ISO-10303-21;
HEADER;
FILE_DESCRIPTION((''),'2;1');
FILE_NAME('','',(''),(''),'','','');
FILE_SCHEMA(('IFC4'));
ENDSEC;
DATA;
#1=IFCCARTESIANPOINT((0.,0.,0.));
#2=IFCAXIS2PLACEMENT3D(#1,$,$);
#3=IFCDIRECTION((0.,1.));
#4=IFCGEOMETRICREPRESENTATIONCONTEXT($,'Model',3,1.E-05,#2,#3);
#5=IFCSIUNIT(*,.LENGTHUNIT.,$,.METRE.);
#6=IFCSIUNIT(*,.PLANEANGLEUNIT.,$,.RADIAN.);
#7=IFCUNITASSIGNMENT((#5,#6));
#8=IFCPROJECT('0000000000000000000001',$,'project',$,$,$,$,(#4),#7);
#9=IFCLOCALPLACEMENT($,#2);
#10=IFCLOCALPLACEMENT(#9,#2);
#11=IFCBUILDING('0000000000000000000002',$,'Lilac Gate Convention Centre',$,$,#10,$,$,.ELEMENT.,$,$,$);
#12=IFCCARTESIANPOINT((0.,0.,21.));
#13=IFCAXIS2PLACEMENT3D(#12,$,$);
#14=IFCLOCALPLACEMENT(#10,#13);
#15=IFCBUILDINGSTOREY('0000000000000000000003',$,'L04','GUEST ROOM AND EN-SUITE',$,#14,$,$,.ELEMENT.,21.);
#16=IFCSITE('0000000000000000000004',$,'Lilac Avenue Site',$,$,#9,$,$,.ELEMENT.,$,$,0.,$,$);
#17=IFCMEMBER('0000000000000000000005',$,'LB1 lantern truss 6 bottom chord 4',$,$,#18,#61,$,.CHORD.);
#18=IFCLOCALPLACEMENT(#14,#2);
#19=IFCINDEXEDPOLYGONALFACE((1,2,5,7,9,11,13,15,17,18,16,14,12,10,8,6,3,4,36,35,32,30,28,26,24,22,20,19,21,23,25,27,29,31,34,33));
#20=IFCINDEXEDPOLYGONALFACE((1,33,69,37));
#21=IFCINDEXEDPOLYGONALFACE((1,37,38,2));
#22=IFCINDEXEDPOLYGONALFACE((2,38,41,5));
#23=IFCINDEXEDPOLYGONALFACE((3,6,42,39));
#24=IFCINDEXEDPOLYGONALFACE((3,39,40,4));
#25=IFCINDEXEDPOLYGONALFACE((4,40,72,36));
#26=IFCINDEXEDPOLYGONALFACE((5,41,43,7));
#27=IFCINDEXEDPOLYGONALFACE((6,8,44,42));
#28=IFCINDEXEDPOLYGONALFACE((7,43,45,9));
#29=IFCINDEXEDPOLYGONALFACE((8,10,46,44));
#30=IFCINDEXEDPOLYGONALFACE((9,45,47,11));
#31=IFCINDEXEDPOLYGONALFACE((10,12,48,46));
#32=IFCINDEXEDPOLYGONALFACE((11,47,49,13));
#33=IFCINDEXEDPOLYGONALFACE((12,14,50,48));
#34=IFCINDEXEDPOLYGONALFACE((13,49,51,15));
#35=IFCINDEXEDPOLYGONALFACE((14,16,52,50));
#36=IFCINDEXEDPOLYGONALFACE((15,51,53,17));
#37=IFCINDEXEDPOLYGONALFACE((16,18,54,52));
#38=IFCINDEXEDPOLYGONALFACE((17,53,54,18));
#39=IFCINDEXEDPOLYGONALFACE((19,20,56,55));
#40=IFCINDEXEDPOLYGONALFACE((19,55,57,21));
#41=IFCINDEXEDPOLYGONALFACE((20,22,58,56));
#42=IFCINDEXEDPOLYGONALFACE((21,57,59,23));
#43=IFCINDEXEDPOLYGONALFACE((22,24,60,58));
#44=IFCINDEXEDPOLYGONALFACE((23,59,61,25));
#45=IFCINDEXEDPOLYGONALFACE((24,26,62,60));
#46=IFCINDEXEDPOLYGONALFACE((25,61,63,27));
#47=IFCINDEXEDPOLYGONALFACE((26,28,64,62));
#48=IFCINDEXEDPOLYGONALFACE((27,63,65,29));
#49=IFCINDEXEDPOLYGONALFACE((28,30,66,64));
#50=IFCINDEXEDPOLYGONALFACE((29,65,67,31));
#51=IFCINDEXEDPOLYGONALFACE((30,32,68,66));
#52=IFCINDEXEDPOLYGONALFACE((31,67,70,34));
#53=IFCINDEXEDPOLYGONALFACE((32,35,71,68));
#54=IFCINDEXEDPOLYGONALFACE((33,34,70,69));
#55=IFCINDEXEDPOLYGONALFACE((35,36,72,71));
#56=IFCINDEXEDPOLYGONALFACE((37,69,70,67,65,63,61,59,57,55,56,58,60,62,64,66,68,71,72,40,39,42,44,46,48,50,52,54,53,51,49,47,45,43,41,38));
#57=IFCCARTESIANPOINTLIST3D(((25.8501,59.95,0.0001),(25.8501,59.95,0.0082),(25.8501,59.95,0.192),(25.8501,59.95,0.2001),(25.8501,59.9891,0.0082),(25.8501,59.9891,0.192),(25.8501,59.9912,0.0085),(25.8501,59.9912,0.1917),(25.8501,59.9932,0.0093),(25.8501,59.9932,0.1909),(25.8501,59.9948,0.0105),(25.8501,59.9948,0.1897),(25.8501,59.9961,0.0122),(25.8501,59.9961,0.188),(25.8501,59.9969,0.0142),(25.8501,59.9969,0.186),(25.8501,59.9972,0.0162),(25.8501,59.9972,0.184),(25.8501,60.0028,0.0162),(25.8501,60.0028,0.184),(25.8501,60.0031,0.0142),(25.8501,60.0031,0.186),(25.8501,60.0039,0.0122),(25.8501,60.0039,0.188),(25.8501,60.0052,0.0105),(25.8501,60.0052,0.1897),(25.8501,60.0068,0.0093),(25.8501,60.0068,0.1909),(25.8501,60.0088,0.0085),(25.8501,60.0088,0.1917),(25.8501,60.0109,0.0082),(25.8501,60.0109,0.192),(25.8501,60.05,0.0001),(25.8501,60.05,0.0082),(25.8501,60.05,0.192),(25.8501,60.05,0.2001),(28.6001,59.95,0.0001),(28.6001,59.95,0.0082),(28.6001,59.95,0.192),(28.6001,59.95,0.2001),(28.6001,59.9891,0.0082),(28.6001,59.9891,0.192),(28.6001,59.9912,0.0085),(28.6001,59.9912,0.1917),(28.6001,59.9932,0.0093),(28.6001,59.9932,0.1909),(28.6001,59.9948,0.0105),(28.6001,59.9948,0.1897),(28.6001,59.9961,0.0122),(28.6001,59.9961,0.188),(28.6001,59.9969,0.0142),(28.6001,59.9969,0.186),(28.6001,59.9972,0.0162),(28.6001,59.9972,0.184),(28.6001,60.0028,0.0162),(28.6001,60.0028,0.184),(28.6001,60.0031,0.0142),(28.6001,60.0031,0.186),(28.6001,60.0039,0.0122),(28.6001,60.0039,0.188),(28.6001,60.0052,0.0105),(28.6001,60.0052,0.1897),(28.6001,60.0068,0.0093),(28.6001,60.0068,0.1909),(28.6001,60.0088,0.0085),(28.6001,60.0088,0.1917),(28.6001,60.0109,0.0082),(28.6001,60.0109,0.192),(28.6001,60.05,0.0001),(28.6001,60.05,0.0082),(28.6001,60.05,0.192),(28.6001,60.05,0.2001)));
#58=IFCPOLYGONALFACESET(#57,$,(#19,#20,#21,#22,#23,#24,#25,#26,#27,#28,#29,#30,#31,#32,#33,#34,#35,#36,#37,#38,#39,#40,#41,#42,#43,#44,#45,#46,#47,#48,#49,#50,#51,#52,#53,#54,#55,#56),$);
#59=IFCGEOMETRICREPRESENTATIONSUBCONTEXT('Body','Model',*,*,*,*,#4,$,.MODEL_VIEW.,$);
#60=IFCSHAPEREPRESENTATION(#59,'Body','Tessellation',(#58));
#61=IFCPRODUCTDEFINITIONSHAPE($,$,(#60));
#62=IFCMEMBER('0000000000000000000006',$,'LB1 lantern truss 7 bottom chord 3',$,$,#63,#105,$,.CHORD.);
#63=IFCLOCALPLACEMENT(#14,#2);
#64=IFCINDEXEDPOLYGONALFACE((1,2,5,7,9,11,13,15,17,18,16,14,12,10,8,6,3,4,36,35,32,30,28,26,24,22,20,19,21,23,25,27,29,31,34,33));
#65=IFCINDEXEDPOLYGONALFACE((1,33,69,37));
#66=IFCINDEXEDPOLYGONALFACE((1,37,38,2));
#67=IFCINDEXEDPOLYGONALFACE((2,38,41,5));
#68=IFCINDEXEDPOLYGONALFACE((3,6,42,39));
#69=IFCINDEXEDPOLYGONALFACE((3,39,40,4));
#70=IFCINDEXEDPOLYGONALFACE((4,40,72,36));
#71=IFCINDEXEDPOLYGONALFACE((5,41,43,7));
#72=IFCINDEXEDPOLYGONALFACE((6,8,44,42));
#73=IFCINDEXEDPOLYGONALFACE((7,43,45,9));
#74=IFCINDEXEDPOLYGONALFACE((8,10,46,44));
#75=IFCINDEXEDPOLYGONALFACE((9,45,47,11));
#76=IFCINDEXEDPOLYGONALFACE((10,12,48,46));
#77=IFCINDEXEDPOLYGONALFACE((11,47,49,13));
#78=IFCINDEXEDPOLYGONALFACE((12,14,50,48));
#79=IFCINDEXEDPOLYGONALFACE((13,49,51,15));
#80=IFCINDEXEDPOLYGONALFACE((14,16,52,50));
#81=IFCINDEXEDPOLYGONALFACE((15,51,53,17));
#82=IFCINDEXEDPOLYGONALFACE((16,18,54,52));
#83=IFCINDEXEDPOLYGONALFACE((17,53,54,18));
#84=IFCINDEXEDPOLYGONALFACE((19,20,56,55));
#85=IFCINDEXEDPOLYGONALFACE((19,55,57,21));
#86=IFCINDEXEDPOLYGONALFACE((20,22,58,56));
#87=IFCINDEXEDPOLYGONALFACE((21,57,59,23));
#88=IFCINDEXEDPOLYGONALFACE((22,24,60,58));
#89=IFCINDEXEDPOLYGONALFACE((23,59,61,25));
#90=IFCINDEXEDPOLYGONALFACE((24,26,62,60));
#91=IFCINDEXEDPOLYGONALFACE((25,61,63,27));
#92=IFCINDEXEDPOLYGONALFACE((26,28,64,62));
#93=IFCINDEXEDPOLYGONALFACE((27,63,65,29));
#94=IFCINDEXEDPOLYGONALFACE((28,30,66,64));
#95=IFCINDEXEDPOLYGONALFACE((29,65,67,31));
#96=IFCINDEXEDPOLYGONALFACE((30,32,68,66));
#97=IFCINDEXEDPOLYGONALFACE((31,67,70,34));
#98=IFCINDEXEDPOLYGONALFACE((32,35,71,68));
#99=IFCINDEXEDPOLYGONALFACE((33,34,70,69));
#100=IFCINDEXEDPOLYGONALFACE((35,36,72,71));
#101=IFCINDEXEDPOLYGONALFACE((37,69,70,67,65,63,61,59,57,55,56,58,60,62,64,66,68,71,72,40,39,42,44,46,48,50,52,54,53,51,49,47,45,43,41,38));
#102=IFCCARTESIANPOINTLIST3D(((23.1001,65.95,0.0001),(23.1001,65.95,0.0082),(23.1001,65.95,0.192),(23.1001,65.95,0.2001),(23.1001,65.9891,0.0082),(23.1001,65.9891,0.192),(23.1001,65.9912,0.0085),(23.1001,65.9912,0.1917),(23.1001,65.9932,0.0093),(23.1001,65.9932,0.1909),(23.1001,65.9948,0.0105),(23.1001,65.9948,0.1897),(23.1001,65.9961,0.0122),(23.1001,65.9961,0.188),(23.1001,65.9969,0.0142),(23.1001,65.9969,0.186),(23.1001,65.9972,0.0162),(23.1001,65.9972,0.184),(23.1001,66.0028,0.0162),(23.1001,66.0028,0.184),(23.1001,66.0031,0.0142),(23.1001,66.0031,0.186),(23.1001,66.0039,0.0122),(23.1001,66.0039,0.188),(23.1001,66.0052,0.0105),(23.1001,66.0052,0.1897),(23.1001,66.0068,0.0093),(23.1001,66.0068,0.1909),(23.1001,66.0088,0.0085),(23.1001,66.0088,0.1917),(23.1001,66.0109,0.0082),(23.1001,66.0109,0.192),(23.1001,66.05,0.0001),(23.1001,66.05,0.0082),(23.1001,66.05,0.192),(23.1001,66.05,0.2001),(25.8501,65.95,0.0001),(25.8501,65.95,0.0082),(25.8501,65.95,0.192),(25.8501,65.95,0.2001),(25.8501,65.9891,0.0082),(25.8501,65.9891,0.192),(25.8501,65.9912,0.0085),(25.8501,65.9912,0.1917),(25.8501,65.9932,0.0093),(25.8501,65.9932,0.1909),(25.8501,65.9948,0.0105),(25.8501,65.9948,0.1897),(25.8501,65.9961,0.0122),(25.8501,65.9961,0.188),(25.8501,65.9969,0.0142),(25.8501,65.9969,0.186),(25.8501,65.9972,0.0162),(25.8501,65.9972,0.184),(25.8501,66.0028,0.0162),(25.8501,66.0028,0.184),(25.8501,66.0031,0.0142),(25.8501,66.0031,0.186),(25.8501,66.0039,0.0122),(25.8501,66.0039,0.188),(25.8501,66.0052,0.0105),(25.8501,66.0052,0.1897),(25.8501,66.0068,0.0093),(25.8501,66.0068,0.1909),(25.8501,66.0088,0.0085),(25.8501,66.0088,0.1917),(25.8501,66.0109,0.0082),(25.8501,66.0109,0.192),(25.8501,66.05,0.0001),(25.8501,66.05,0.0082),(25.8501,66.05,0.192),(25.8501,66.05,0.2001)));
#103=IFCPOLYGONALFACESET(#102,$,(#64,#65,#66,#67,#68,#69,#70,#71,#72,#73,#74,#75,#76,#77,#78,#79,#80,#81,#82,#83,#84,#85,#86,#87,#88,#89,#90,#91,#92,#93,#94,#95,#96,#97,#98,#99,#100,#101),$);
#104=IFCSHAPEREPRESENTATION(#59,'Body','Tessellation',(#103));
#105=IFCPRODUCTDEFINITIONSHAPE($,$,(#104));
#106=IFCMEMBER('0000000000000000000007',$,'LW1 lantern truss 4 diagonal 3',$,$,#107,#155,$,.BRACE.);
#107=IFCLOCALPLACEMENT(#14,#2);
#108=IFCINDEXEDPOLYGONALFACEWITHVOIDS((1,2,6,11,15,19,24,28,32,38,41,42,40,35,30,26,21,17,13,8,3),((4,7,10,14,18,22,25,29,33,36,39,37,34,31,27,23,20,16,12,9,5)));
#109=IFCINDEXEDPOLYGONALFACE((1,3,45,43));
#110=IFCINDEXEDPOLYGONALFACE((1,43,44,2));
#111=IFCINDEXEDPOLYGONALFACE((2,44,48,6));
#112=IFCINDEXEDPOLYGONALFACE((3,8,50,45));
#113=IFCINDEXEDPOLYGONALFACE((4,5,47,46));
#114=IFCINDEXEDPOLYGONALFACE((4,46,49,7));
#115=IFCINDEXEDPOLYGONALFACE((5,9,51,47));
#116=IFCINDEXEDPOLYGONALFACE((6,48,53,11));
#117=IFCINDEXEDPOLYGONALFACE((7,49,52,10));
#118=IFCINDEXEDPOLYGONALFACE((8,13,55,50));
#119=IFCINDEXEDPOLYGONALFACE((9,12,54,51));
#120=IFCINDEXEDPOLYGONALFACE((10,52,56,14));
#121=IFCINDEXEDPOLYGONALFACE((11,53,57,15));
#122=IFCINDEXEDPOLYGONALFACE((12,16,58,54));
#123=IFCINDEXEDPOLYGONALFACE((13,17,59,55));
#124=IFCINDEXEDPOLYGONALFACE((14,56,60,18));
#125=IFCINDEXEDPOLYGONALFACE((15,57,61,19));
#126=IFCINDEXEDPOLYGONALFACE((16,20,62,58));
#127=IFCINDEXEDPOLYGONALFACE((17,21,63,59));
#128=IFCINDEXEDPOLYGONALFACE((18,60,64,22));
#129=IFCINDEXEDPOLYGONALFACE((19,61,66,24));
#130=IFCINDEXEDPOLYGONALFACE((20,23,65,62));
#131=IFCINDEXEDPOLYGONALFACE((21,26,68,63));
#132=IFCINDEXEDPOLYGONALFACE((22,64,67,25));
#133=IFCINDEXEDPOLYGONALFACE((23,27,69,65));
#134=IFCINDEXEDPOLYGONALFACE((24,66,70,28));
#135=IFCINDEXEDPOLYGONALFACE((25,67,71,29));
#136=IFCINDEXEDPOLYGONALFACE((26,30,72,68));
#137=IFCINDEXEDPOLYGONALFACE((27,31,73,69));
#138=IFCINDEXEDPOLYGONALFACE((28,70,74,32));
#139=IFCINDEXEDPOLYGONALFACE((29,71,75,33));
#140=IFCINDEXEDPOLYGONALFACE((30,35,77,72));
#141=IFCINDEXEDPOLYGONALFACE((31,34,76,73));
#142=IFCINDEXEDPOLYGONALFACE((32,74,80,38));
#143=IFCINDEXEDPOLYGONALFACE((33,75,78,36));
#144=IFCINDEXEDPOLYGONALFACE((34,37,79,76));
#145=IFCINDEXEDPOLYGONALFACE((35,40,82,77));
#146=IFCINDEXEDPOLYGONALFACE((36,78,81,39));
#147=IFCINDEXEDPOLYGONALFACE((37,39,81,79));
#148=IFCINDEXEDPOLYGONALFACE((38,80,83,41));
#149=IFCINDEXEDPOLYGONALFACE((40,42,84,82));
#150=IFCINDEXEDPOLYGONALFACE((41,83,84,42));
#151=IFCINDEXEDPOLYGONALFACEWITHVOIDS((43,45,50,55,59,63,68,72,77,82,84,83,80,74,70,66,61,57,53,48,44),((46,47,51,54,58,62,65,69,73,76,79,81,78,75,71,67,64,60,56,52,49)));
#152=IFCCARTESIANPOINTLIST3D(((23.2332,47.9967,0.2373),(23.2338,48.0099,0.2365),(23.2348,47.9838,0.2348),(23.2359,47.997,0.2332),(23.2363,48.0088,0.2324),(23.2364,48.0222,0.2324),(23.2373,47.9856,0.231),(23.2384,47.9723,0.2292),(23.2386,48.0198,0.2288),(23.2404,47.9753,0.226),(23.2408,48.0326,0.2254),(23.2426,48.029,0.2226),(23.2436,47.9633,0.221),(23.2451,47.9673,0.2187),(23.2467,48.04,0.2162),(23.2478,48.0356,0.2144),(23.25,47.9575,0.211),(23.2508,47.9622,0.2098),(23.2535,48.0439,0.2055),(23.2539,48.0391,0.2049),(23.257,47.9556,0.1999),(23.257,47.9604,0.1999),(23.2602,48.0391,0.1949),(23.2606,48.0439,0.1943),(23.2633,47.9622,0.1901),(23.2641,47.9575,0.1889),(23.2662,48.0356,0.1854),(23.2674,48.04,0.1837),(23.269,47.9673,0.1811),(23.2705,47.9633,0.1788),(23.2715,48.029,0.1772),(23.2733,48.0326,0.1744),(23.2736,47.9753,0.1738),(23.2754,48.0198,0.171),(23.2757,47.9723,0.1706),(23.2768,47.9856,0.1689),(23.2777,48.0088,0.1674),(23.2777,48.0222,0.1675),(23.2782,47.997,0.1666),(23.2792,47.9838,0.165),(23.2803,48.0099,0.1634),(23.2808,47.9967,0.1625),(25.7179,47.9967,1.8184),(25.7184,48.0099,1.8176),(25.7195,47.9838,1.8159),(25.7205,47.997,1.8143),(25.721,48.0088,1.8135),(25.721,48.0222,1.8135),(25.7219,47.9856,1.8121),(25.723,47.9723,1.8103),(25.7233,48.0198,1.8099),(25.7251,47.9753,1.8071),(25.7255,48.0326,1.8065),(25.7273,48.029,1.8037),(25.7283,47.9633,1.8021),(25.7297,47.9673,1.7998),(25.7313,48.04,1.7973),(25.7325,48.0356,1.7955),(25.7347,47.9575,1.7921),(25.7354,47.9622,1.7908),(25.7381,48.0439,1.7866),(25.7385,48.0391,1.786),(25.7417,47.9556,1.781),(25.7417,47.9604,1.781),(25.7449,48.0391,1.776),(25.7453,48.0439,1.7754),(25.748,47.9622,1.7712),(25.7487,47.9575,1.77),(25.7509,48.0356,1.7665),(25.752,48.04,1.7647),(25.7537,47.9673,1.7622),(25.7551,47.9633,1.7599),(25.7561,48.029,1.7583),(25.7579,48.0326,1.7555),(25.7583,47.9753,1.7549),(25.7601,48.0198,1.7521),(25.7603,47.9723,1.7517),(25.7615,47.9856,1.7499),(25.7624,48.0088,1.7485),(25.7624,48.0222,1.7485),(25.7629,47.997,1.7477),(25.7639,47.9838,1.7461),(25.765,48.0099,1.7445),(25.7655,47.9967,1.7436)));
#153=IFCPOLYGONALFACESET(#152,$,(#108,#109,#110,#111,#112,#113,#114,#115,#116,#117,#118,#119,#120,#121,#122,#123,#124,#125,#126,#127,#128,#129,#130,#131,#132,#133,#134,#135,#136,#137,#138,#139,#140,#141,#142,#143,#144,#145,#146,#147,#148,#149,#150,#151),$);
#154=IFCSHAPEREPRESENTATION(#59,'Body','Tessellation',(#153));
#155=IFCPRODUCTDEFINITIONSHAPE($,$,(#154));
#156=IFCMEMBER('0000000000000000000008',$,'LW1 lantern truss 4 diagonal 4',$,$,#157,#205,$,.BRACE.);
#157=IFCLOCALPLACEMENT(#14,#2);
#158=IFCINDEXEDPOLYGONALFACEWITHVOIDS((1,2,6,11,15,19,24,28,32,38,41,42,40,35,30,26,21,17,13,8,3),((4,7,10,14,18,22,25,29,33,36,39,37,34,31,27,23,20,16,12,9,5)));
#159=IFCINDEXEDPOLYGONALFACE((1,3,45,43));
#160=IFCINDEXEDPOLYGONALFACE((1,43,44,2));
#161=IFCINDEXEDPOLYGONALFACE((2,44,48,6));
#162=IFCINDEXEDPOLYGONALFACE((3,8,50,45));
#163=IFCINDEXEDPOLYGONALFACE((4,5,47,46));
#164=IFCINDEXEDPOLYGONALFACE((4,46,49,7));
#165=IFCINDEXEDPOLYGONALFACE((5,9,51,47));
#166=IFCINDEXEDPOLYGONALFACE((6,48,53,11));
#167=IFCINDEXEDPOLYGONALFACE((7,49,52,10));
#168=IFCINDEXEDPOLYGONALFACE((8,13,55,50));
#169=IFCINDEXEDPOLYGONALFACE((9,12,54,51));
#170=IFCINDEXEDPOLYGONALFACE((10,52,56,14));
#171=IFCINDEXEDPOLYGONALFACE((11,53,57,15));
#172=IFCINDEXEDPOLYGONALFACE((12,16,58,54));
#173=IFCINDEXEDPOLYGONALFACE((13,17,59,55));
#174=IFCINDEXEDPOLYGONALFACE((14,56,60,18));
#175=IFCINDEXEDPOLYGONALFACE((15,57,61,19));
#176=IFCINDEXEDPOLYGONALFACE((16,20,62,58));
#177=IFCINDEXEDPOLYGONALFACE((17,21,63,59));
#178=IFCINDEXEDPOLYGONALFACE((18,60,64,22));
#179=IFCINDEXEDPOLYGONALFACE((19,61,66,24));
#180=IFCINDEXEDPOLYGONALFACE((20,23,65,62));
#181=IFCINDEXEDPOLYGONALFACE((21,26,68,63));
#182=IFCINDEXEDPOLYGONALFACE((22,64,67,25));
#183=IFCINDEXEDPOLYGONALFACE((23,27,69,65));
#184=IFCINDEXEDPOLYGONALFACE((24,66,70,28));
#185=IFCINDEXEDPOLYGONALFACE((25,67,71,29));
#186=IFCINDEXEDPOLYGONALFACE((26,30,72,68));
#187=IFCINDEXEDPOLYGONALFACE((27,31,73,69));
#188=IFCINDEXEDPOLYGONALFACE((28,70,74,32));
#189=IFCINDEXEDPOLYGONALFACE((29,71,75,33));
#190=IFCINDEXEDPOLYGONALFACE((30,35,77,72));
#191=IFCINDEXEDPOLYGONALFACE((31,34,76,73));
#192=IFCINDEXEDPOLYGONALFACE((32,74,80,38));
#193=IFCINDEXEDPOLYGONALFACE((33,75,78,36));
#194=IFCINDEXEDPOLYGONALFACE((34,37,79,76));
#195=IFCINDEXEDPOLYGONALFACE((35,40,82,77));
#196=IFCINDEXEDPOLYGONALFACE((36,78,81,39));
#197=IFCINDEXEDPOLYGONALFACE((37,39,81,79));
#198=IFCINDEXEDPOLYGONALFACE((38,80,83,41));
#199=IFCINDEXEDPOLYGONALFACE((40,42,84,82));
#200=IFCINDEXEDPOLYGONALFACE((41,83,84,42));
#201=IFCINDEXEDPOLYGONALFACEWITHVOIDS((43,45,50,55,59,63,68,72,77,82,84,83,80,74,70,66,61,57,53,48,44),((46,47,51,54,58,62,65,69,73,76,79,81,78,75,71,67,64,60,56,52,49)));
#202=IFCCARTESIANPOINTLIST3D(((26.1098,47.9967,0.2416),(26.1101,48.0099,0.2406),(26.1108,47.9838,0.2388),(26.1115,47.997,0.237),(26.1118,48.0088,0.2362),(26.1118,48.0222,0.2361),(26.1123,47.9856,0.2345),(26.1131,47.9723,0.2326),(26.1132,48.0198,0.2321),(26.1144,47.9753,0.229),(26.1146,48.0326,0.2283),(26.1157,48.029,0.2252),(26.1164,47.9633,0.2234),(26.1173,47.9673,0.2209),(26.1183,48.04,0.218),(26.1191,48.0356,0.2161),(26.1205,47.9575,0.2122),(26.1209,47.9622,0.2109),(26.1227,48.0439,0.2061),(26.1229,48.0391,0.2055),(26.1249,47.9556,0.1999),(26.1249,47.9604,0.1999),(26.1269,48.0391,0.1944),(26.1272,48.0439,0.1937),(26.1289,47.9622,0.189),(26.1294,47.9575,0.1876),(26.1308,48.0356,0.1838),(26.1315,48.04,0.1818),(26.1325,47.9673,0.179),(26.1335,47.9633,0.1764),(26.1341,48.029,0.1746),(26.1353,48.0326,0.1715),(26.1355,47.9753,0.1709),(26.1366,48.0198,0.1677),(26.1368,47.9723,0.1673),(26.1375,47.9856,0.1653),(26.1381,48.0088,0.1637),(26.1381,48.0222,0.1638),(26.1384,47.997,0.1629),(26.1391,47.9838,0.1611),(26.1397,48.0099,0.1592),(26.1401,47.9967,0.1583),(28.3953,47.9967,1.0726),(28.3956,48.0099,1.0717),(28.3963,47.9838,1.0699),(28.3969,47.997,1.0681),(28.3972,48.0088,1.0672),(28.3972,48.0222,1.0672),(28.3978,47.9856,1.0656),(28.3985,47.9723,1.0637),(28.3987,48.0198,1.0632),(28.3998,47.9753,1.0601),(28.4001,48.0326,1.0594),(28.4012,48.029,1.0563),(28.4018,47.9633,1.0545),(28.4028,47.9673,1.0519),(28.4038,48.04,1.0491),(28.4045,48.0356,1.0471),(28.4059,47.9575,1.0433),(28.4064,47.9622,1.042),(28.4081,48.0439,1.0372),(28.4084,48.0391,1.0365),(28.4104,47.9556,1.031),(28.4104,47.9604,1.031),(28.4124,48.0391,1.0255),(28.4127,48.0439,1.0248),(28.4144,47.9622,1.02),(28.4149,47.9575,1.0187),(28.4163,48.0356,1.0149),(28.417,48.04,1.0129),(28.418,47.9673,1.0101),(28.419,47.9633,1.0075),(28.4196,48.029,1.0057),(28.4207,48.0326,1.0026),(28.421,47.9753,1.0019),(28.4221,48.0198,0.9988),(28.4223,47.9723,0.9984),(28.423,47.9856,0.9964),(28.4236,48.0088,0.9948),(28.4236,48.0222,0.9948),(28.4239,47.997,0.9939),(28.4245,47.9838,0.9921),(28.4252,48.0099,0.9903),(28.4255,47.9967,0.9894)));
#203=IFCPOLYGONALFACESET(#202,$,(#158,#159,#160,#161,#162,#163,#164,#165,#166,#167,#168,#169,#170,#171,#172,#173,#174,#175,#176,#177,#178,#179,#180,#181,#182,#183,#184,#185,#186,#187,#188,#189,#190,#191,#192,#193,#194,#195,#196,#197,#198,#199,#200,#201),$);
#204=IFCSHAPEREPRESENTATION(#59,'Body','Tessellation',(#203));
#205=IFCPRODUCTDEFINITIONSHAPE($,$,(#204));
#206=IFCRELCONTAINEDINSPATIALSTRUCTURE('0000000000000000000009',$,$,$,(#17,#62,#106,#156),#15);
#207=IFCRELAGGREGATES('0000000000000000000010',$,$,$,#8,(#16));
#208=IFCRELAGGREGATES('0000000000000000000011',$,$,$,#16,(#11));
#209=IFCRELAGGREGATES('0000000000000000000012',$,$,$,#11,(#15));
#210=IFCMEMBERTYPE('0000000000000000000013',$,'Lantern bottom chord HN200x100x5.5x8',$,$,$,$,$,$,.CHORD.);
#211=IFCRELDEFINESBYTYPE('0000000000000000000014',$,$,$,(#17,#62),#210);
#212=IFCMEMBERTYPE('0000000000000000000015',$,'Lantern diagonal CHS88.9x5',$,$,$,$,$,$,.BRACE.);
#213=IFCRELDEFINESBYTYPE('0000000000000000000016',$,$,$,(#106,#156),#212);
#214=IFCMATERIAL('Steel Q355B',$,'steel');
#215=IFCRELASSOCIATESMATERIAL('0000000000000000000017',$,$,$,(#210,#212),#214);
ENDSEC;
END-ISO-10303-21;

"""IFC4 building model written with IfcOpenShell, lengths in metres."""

from ifc_helpers import new_model, si_unit, direction, frame, origin, origin_2d, place, context, subcontext, project, spatial, hollow_circle, i_section, extrude, material, material_profile, profile_set, type_object, element, save


model = new_model("IFC4")

# Units and contexts
model_context = context("Model", 3, precision=1e-05, world=origin(), true_north=direction((0.0, 1.0)))
body_context = subcontext(model_context, "Body", "Model", "MODEL_VIEW")
ifc_project = project(units=[si_unit("LENGTHUNIT", "METRE"), si_unit("PLANEANGLEUNIT", "RADIAN")], contexts=[model_context])

# Site, building, storey
site_placement = place(None, origin())
site = spatial("IfcSite", under=ifc_project, at=site_placement, Name="Lilac Avenue Site", CompositionType="ELEMENT", RefElevation=0.0)
building_placement = place(site_placement, origin())
building = spatial("IfcBuilding", under=site, at=building_placement, Name="Lilac Gate Convention Centre", CompositionType="ELEMENT")
storey_placement = place(building_placement, frame((0.0, 0.0, 21.0)))
storey = spatial("IfcBuildingStorey", under=building, at=storey_placement, Name="L04", Description="GUEST ROOM AND EN-SUITE", CompositionType="ELEMENT", Elevation=21.0)

# Members
ifc_material_1 = material(Name="Steel Q355B", Category="steel")
ifc_material_profile_1 = material_profile(ifc_material_1, i_section(OverallWidth=0.1001, OverallDepth=0.2, WebThickness=0.0056, FlangeThickness=0.0081, FilletRadius=0.0081, at=origin_2d()), Name="HN200x100x5.5x8")
ifc_profile_set_1 = profile_set([ifc_material_profile_1], Name="Steel Q355B")
member_type_1 = type_object("IfcMemberType", Name="Lantern bottom chord HN200x100x5.5x8", PredefinedType="CHORD", material=ifc_profile_set_1)
for number, where, z_axis, x_axis, name in (
    (1, (25.8501, 60.0, 0.1001), (1.0, 0.0, 0.0), (0.0, 1.0, 0.0), "LB1 lantern truss 6 bottom chord 4"),
    (2, (23.1001, 66.0, 0.1001), (1.0, 0.0, 0.0), (0.0, 1.0, 0.0), "LB1 lantern truss 7 bottom chord 3"),
):
    element("IfcMember", number, at=place(storey_placement, frame(where, z_axis=z_axis, x_axis=x_axis)), inside=storey, type_object=member_type_1, Name=name, PredefinedType="CHORD", context=body_context, shape_type="SweptSolid", body=[
        extrude(i_section(OverallWidth=0.1001, OverallDepth=0.2, WebThickness=0.0056, FlangeThickness=0.0081, FilletRadius=0.0081, at=origin_2d()), origin(), (0.0, 0.0, 1.0), 2.75),
    ])
ifc_material_profile_2 = material_profile(ifc_material_1, hollow_circle(Radius=0.0444, WallThickness=0.0049, at=origin_2d()), Name="CHS88.9x5")
ifc_profile_set_2 = profile_set([ifc_material_profile_2], Name="Steel Q355B")
member_type_2 = type_object("IfcMemberType", Name="Lantern diagonal CHS88.9x5", PredefinedType="BRACE", material=ifc_profile_set_2)
member_1_placement = place(storey_placement, frame((25.7417, 48.0, 1.781), z_axis=(-0.843672, 0.0, -0.536859), x_axis=(0.0, -1.0, 0.0)))
element("IfcMember", 3, at=member_1_placement, inside=storey, type_object=member_type_2, Name="LW1 lantern truss 4 diagonal 3", PredefinedType="BRACE", context=body_context, shape_type="SweptSolid", body=[
    extrude(hollow_circle(Radius=0.0444, WallThickness=0.0049, at=origin_2d()), origin(), (0.0, 0.0, 1.0), 2.9451),
])
member_2_placement = place(storey_placement, frame((28.4104, 48.0, 1.031), z_axis=(-0.939793, 0.0, -0.341743), x_axis=(0.0, -1.0, 0.0)))
element("IfcMember", 4, at=member_2_placement, inside=storey, type_object=member_type_2, Name="LW1 lantern truss 4 diagonal 4", PredefinedType="BRACE", context=body_context, shape_type="SweptSolid", body=[
    extrude(hollow_circle(Radius=0.0444, WallThickness=0.0049, at=origin_2d()), origin(), (0.0, 0.0, 1.0), 2.4319),
])

save(model, "model.ifc")
